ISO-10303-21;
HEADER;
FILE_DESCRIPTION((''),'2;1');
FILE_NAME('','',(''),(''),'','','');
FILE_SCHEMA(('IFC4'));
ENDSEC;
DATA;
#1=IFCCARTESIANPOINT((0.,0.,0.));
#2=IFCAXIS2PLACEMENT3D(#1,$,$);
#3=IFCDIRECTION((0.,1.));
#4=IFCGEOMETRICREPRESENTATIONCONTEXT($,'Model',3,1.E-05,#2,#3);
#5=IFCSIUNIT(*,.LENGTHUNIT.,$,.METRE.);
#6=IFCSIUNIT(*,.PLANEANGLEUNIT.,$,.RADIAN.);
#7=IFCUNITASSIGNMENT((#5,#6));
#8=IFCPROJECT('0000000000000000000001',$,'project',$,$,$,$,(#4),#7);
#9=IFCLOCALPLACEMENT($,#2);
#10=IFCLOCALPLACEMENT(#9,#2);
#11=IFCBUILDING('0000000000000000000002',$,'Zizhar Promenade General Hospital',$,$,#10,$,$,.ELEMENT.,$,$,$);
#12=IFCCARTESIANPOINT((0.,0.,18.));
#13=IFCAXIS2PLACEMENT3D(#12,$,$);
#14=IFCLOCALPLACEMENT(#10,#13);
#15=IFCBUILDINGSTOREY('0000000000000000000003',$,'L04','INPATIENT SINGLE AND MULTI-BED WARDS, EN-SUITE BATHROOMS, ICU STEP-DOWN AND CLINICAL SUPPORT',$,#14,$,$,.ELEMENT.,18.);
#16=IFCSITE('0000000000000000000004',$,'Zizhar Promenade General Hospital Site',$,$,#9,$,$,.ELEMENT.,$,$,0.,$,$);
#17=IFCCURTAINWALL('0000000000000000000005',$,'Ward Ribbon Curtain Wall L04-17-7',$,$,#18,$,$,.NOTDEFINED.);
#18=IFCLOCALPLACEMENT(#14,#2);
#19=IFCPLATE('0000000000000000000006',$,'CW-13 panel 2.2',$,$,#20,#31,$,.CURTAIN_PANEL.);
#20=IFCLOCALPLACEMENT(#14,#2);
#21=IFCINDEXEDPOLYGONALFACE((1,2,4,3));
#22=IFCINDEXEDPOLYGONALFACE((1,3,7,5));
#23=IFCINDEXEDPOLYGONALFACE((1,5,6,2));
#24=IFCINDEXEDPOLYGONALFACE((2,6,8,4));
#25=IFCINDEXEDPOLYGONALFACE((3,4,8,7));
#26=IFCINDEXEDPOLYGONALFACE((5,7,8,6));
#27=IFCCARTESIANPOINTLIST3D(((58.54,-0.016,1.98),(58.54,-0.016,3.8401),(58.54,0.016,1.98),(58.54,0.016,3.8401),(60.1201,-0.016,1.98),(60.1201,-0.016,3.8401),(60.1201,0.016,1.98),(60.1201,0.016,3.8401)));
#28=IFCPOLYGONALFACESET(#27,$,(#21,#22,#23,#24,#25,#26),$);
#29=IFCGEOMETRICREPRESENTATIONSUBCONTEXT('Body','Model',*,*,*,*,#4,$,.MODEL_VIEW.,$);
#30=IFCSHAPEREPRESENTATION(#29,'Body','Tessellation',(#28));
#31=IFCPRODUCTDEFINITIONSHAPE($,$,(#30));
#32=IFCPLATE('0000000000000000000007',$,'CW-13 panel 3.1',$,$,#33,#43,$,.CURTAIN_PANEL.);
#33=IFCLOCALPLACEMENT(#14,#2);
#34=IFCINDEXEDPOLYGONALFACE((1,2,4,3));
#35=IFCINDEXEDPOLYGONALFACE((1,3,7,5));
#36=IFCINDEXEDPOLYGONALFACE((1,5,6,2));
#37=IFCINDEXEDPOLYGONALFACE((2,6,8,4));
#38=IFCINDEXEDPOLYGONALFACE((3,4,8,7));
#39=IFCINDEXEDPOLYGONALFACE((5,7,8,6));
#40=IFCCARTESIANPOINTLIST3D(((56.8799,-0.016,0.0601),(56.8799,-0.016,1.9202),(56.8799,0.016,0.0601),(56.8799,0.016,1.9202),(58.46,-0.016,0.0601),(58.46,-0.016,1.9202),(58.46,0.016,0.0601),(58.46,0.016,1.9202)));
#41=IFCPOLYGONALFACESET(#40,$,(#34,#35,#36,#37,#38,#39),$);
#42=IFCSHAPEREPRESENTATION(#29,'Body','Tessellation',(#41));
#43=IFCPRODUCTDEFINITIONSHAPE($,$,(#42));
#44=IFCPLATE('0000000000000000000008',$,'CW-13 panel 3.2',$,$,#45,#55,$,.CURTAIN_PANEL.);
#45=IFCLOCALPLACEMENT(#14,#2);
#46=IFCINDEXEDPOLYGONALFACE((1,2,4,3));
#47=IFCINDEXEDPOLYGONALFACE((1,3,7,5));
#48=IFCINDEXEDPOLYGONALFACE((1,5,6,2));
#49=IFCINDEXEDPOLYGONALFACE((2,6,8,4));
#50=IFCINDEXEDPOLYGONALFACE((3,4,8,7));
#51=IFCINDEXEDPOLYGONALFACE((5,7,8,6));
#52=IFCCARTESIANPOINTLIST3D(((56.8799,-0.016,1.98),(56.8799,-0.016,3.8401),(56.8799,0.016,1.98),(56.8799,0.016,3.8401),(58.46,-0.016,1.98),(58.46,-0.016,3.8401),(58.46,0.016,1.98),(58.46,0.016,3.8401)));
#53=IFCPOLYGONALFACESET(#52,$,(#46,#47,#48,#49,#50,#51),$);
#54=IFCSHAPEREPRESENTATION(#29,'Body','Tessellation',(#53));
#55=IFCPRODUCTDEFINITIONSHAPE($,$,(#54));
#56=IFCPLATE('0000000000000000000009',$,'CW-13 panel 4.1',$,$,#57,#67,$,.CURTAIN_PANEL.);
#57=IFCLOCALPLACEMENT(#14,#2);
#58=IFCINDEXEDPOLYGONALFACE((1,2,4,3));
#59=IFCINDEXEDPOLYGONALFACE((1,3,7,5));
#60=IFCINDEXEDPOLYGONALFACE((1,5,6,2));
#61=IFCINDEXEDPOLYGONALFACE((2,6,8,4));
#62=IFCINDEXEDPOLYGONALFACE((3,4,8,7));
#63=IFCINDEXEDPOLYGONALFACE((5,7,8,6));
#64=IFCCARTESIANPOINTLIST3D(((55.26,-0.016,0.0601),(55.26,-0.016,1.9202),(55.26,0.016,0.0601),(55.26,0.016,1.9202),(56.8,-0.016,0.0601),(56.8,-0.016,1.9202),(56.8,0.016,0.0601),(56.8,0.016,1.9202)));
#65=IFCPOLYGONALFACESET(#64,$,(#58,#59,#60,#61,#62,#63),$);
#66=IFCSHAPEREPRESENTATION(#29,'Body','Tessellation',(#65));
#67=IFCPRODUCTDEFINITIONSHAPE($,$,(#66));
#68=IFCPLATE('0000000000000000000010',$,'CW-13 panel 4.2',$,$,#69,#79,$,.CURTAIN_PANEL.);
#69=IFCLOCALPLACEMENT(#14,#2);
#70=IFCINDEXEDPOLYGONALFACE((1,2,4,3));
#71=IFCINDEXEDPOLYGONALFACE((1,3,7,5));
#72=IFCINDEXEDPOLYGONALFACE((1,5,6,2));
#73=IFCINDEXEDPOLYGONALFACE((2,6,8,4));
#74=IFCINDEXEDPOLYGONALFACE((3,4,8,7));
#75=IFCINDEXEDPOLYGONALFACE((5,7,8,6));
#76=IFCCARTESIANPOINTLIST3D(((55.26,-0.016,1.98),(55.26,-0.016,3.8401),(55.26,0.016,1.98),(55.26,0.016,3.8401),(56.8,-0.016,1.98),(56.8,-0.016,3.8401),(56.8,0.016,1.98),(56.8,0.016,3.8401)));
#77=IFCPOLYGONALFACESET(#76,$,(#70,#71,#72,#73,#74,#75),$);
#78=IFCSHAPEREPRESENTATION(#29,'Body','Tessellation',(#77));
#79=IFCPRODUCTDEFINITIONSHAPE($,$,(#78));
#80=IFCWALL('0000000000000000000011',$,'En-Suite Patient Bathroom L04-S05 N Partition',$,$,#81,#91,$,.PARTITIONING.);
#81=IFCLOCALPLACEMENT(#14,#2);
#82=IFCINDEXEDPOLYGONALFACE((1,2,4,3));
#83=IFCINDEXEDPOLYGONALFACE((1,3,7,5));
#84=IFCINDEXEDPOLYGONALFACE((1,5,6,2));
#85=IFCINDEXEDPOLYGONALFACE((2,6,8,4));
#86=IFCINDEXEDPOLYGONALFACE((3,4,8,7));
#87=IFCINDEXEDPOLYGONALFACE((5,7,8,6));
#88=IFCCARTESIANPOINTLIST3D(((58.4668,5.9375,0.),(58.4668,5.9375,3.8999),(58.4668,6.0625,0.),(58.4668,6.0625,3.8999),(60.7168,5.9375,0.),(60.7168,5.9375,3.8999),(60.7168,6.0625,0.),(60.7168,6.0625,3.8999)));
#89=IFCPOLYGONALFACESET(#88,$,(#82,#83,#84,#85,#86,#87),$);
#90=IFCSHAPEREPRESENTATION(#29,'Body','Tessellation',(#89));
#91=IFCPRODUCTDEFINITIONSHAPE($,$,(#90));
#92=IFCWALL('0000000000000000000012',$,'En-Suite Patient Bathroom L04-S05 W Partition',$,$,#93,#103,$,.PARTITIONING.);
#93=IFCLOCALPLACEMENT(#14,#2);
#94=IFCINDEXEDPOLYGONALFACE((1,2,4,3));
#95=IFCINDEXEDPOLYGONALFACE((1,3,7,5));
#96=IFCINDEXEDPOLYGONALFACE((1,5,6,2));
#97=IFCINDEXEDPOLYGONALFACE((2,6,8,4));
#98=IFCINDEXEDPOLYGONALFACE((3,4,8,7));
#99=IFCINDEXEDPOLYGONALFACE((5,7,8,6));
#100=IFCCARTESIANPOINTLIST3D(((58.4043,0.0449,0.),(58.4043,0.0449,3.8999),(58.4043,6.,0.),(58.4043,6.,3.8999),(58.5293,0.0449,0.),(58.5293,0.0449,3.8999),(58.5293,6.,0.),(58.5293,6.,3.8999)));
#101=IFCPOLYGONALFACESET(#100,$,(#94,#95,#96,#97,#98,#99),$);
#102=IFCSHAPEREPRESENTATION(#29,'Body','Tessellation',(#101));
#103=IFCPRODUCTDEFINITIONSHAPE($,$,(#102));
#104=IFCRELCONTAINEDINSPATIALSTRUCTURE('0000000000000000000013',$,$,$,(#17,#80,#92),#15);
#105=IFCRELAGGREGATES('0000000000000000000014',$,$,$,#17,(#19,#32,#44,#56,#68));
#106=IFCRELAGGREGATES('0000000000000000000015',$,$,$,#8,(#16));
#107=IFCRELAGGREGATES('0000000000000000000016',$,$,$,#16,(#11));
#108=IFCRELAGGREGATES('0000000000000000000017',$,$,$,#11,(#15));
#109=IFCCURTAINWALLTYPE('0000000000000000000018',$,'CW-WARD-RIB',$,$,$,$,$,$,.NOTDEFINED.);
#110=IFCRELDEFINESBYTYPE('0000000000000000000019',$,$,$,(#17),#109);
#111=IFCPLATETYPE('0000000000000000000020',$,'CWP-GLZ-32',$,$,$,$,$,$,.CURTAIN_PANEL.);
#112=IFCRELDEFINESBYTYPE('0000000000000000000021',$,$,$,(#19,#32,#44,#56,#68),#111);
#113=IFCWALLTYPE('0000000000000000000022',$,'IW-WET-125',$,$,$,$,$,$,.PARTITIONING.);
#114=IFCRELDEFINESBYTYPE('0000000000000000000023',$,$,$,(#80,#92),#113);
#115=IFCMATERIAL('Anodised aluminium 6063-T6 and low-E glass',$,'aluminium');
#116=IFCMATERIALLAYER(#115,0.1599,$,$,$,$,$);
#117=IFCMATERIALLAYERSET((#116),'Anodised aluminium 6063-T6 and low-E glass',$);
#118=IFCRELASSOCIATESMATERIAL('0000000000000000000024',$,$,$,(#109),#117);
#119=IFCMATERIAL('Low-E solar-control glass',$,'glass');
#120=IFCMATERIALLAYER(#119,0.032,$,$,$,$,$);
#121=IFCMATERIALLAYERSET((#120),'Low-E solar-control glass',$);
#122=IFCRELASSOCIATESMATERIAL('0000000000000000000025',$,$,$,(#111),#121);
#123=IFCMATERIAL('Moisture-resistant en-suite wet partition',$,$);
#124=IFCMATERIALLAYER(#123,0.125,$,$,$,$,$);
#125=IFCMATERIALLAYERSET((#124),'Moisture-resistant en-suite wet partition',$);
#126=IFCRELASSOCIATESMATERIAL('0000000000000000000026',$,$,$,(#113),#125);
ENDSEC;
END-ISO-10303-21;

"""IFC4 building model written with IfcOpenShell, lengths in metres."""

from ifc_helpers import new_model, si_unit, direction, frame, frame_2d, origin, origin_2d, place, context, subcontext, project, spatial, rectangle, extrude, material, layer, layer_set, type_object, element, aggregate, save


model = new_model("IFC4")

# Units and contexts
model_context = context("Model", 3, precision=1e-05, world=origin(), true_north=direction((0.0, 1.0)))
body_context = subcontext(model_context, "Body", "Model", "MODEL_VIEW")
ifc_project = project(units=[si_unit("LENGTHUNIT", "METRE"), si_unit("PLANEANGLEUNIT", "RADIAN")], contexts=[model_context])

# Site, building, storey
site_placement = place(None, origin())
site = spatial("IfcSite", under=ifc_project, at=site_placement, Name="Zizhar Promenade General Hospital Site", CompositionType="ELEMENT", RefElevation=0.0)
building_placement = place(site_placement, origin())
building = spatial("IfcBuilding", under=site, at=building_placement, Name="Zizhar Promenade General Hospital", CompositionType="ELEMENT")
storey_placement = place(building_placement, frame((0.0, 0.0, 18.0)))
storey = spatial("IfcBuildingStorey", under=building, at=storey_placement, Name="L04", Description="INPATIENT SINGLE AND MULTI-BED WARDS, EN-SUITE BATHROOMS, ICU STEP-DOWN AND CLINICAL SUPPORT", CompositionType="ELEMENT", Elevation=18.0)

# Curtain wall, plates
ifc_material_1 = material(Name="Anodised aluminium 6063-T6 and low-E glass", Category="aluminium")
ifc_layer_1 = layer(ifc_material_1, 0.1599)
ifc_layer_set_1 = layer_set([ifc_layer_1], Name="Anodised aluminium 6063-T6 and low-E glass")
curtain_wall_type = type_object("IfcCurtainWallType", Name="CW-WARD-RIB", PredefinedType="NOTDEFINED", material=ifc_layer_set_1)
curtain_wall_placement = place(storey_placement, origin())
curtain_wall = element("IfcCurtainWall", 1, at=curtain_wall_placement, inside=storey, type_object=curtain_wall_type, Name="Ward Ribbon Curtain Wall L04-17-7", PredefinedType="NOTDEFINED")
ifc_material_2 = material(Name="Low-E solar-control glass", Category="glass")
ifc_layer_2 = layer(ifc_material_2, 0.032)
ifc_layer_set_2 = layer_set([ifc_layer_2], Name="Low-E solar-control glass")
plate_type = type_object("IfcPlateType", Name="CWP-GLZ-32", PredefinedType="CURTAIN_PANEL", material=ifc_layer_set_2)
plate_1_placement = place(storey_placement, frame((59.3301, 0.0, 1.98), z_axis=(0.0, 0.0, 1.0), x_axis=(-1.0, 0.0, 0.0)))
plate_1 = element("IfcPlate", 2, at=plate_1_placement, type_object=plate_type, Name="CW-13 panel 2.2", PredefinedType="CURTAIN_PANEL", context=body_context, shape_type="SweptSolid", body=[
    extrude(rectangle(XDim=1.5801, YDim=0.032, at=origin_2d()), origin(), (0.0, 0.0, 1.0), 1.8601),
])
plate_2_placement = place(storey_placement, frame((57.6699, 0.0, 0.0601), z_axis=(0.0, 0.0, 1.0), x_axis=(-1.0, 0.0, 0.0)))
plate_2 = element("IfcPlate", 3, at=plate_2_placement, type_object=plate_type, Name="CW-13 panel 3.1", PredefinedType="CURTAIN_PANEL", context=body_context, shape_type="SweptSolid", body=[
    extrude(rectangle(XDim=1.5801, YDim=0.032, at=origin_2d()), origin(), (0.0, 0.0, 1.0), 1.8601),
])
plate_3_placement = place(storey_placement, frame((57.6699, 0.0, 1.98), z_axis=(0.0, 0.0, 1.0), x_axis=(-1.0, 0.0, 0.0)))
plate_3 = element("IfcPlate", 4, at=plate_3_placement, type_object=plate_type, Name="CW-13 panel 3.2", PredefinedType="CURTAIN_PANEL", context=body_context, shape_type="SweptSolid", body=[
    extrude(rectangle(XDim=1.5801, YDim=0.032, at=origin_2d()), origin(), (0.0, 0.0, 1.0), 1.8601),
])
plate_4_placement = place(storey_placement, frame((56.03, 0.0, 0.0601), z_axis=(0.0, 0.0, 1.0), x_axis=(-1.0, 0.0, 0.0)))
plate_4 = element("IfcPlate", 5, at=plate_4_placement, type_object=plate_type, Name="CW-13 panel 4.1", PredefinedType="CURTAIN_PANEL", context=body_context, shape_type="SweptSolid", body=[
    extrude(rectangle(XDim=1.54, YDim=0.032, at=origin_2d()), origin(), (0.0, 0.0, 1.0), 1.8601),
])
plate_5_placement = place(storey_placement, frame((56.03, 0.0, 1.98), z_axis=(0.0, 0.0, 1.0), x_axis=(-1.0, 0.0, 0.0)))
plate_5 = element("IfcPlate", 6, at=plate_5_placement, type_object=plate_type, Name="CW-13 panel 4.2", PredefinedType="CURTAIN_PANEL", context=body_context, shape_type="SweptSolid", body=[
    extrude(rectangle(XDim=1.54, YDim=0.032, at=origin_2d()), origin(), (0.0, 0.0, 1.0), 1.8601),
])
aggregate(curtain_wall, [plate_1, plate_2, plate_3, plate_4, plate_5])

# Walls
ifc_material_3 = material(Name="Moisture-resistant en-suite wet partition")
ifc_layer_3 = layer(ifc_material_3, 0.125)
ifc_layer_set_3 = layer_set([ifc_layer_3], Name="Moisture-resistant en-suite wet partition")
wall_type = type_object("IfcWallType", Name="IW-WET-125", PredefinedType="PARTITIONING", material=ifc_layer_set_3)
wall_1_placement = place(storey_placement, frame((58.4668, 6.0, 0.0), z_axis=(0.0, 0.0, 1.0), x_axis=(1.0, 0.0, 0.0)))
element("IfcWall", 7, at=wall_1_placement, inside=storey, type_object=wall_type, Name="En-Suite Patient Bathroom L04-S05 N Partition", PredefinedType="PARTITIONING", context=body_context, shape_type="SweptSolid", body=[
    extrude(rectangle(XDim=2.25, YDim=0.125, at=frame_2d((1.125, 0.0))), origin(), (0.0, 0.0, 1.0), 3.8999),
])
wall_2_placement = place(storey_placement, frame((58.4668, 0.0449, 0.0), z_axis=(0.0, 0.0, 1.0), x_axis=(0.0, 1.0, 0.0)))
element("IfcWall", 8, at=wall_2_placement, inside=storey, type_object=wall_type, Name="En-Suite Patient Bathroom L04-S05 W Partition", PredefinedType="PARTITIONING", context=body_context, shape_type="SweptSolid", body=[
    extrude(rectangle(XDim=5.9551, YDim=0.125, at=frame_2d((2.9775, 0.0))), origin(), (0.0, 0.0, 1.0), 3.8999),
])

save(model, "model.ifc")
